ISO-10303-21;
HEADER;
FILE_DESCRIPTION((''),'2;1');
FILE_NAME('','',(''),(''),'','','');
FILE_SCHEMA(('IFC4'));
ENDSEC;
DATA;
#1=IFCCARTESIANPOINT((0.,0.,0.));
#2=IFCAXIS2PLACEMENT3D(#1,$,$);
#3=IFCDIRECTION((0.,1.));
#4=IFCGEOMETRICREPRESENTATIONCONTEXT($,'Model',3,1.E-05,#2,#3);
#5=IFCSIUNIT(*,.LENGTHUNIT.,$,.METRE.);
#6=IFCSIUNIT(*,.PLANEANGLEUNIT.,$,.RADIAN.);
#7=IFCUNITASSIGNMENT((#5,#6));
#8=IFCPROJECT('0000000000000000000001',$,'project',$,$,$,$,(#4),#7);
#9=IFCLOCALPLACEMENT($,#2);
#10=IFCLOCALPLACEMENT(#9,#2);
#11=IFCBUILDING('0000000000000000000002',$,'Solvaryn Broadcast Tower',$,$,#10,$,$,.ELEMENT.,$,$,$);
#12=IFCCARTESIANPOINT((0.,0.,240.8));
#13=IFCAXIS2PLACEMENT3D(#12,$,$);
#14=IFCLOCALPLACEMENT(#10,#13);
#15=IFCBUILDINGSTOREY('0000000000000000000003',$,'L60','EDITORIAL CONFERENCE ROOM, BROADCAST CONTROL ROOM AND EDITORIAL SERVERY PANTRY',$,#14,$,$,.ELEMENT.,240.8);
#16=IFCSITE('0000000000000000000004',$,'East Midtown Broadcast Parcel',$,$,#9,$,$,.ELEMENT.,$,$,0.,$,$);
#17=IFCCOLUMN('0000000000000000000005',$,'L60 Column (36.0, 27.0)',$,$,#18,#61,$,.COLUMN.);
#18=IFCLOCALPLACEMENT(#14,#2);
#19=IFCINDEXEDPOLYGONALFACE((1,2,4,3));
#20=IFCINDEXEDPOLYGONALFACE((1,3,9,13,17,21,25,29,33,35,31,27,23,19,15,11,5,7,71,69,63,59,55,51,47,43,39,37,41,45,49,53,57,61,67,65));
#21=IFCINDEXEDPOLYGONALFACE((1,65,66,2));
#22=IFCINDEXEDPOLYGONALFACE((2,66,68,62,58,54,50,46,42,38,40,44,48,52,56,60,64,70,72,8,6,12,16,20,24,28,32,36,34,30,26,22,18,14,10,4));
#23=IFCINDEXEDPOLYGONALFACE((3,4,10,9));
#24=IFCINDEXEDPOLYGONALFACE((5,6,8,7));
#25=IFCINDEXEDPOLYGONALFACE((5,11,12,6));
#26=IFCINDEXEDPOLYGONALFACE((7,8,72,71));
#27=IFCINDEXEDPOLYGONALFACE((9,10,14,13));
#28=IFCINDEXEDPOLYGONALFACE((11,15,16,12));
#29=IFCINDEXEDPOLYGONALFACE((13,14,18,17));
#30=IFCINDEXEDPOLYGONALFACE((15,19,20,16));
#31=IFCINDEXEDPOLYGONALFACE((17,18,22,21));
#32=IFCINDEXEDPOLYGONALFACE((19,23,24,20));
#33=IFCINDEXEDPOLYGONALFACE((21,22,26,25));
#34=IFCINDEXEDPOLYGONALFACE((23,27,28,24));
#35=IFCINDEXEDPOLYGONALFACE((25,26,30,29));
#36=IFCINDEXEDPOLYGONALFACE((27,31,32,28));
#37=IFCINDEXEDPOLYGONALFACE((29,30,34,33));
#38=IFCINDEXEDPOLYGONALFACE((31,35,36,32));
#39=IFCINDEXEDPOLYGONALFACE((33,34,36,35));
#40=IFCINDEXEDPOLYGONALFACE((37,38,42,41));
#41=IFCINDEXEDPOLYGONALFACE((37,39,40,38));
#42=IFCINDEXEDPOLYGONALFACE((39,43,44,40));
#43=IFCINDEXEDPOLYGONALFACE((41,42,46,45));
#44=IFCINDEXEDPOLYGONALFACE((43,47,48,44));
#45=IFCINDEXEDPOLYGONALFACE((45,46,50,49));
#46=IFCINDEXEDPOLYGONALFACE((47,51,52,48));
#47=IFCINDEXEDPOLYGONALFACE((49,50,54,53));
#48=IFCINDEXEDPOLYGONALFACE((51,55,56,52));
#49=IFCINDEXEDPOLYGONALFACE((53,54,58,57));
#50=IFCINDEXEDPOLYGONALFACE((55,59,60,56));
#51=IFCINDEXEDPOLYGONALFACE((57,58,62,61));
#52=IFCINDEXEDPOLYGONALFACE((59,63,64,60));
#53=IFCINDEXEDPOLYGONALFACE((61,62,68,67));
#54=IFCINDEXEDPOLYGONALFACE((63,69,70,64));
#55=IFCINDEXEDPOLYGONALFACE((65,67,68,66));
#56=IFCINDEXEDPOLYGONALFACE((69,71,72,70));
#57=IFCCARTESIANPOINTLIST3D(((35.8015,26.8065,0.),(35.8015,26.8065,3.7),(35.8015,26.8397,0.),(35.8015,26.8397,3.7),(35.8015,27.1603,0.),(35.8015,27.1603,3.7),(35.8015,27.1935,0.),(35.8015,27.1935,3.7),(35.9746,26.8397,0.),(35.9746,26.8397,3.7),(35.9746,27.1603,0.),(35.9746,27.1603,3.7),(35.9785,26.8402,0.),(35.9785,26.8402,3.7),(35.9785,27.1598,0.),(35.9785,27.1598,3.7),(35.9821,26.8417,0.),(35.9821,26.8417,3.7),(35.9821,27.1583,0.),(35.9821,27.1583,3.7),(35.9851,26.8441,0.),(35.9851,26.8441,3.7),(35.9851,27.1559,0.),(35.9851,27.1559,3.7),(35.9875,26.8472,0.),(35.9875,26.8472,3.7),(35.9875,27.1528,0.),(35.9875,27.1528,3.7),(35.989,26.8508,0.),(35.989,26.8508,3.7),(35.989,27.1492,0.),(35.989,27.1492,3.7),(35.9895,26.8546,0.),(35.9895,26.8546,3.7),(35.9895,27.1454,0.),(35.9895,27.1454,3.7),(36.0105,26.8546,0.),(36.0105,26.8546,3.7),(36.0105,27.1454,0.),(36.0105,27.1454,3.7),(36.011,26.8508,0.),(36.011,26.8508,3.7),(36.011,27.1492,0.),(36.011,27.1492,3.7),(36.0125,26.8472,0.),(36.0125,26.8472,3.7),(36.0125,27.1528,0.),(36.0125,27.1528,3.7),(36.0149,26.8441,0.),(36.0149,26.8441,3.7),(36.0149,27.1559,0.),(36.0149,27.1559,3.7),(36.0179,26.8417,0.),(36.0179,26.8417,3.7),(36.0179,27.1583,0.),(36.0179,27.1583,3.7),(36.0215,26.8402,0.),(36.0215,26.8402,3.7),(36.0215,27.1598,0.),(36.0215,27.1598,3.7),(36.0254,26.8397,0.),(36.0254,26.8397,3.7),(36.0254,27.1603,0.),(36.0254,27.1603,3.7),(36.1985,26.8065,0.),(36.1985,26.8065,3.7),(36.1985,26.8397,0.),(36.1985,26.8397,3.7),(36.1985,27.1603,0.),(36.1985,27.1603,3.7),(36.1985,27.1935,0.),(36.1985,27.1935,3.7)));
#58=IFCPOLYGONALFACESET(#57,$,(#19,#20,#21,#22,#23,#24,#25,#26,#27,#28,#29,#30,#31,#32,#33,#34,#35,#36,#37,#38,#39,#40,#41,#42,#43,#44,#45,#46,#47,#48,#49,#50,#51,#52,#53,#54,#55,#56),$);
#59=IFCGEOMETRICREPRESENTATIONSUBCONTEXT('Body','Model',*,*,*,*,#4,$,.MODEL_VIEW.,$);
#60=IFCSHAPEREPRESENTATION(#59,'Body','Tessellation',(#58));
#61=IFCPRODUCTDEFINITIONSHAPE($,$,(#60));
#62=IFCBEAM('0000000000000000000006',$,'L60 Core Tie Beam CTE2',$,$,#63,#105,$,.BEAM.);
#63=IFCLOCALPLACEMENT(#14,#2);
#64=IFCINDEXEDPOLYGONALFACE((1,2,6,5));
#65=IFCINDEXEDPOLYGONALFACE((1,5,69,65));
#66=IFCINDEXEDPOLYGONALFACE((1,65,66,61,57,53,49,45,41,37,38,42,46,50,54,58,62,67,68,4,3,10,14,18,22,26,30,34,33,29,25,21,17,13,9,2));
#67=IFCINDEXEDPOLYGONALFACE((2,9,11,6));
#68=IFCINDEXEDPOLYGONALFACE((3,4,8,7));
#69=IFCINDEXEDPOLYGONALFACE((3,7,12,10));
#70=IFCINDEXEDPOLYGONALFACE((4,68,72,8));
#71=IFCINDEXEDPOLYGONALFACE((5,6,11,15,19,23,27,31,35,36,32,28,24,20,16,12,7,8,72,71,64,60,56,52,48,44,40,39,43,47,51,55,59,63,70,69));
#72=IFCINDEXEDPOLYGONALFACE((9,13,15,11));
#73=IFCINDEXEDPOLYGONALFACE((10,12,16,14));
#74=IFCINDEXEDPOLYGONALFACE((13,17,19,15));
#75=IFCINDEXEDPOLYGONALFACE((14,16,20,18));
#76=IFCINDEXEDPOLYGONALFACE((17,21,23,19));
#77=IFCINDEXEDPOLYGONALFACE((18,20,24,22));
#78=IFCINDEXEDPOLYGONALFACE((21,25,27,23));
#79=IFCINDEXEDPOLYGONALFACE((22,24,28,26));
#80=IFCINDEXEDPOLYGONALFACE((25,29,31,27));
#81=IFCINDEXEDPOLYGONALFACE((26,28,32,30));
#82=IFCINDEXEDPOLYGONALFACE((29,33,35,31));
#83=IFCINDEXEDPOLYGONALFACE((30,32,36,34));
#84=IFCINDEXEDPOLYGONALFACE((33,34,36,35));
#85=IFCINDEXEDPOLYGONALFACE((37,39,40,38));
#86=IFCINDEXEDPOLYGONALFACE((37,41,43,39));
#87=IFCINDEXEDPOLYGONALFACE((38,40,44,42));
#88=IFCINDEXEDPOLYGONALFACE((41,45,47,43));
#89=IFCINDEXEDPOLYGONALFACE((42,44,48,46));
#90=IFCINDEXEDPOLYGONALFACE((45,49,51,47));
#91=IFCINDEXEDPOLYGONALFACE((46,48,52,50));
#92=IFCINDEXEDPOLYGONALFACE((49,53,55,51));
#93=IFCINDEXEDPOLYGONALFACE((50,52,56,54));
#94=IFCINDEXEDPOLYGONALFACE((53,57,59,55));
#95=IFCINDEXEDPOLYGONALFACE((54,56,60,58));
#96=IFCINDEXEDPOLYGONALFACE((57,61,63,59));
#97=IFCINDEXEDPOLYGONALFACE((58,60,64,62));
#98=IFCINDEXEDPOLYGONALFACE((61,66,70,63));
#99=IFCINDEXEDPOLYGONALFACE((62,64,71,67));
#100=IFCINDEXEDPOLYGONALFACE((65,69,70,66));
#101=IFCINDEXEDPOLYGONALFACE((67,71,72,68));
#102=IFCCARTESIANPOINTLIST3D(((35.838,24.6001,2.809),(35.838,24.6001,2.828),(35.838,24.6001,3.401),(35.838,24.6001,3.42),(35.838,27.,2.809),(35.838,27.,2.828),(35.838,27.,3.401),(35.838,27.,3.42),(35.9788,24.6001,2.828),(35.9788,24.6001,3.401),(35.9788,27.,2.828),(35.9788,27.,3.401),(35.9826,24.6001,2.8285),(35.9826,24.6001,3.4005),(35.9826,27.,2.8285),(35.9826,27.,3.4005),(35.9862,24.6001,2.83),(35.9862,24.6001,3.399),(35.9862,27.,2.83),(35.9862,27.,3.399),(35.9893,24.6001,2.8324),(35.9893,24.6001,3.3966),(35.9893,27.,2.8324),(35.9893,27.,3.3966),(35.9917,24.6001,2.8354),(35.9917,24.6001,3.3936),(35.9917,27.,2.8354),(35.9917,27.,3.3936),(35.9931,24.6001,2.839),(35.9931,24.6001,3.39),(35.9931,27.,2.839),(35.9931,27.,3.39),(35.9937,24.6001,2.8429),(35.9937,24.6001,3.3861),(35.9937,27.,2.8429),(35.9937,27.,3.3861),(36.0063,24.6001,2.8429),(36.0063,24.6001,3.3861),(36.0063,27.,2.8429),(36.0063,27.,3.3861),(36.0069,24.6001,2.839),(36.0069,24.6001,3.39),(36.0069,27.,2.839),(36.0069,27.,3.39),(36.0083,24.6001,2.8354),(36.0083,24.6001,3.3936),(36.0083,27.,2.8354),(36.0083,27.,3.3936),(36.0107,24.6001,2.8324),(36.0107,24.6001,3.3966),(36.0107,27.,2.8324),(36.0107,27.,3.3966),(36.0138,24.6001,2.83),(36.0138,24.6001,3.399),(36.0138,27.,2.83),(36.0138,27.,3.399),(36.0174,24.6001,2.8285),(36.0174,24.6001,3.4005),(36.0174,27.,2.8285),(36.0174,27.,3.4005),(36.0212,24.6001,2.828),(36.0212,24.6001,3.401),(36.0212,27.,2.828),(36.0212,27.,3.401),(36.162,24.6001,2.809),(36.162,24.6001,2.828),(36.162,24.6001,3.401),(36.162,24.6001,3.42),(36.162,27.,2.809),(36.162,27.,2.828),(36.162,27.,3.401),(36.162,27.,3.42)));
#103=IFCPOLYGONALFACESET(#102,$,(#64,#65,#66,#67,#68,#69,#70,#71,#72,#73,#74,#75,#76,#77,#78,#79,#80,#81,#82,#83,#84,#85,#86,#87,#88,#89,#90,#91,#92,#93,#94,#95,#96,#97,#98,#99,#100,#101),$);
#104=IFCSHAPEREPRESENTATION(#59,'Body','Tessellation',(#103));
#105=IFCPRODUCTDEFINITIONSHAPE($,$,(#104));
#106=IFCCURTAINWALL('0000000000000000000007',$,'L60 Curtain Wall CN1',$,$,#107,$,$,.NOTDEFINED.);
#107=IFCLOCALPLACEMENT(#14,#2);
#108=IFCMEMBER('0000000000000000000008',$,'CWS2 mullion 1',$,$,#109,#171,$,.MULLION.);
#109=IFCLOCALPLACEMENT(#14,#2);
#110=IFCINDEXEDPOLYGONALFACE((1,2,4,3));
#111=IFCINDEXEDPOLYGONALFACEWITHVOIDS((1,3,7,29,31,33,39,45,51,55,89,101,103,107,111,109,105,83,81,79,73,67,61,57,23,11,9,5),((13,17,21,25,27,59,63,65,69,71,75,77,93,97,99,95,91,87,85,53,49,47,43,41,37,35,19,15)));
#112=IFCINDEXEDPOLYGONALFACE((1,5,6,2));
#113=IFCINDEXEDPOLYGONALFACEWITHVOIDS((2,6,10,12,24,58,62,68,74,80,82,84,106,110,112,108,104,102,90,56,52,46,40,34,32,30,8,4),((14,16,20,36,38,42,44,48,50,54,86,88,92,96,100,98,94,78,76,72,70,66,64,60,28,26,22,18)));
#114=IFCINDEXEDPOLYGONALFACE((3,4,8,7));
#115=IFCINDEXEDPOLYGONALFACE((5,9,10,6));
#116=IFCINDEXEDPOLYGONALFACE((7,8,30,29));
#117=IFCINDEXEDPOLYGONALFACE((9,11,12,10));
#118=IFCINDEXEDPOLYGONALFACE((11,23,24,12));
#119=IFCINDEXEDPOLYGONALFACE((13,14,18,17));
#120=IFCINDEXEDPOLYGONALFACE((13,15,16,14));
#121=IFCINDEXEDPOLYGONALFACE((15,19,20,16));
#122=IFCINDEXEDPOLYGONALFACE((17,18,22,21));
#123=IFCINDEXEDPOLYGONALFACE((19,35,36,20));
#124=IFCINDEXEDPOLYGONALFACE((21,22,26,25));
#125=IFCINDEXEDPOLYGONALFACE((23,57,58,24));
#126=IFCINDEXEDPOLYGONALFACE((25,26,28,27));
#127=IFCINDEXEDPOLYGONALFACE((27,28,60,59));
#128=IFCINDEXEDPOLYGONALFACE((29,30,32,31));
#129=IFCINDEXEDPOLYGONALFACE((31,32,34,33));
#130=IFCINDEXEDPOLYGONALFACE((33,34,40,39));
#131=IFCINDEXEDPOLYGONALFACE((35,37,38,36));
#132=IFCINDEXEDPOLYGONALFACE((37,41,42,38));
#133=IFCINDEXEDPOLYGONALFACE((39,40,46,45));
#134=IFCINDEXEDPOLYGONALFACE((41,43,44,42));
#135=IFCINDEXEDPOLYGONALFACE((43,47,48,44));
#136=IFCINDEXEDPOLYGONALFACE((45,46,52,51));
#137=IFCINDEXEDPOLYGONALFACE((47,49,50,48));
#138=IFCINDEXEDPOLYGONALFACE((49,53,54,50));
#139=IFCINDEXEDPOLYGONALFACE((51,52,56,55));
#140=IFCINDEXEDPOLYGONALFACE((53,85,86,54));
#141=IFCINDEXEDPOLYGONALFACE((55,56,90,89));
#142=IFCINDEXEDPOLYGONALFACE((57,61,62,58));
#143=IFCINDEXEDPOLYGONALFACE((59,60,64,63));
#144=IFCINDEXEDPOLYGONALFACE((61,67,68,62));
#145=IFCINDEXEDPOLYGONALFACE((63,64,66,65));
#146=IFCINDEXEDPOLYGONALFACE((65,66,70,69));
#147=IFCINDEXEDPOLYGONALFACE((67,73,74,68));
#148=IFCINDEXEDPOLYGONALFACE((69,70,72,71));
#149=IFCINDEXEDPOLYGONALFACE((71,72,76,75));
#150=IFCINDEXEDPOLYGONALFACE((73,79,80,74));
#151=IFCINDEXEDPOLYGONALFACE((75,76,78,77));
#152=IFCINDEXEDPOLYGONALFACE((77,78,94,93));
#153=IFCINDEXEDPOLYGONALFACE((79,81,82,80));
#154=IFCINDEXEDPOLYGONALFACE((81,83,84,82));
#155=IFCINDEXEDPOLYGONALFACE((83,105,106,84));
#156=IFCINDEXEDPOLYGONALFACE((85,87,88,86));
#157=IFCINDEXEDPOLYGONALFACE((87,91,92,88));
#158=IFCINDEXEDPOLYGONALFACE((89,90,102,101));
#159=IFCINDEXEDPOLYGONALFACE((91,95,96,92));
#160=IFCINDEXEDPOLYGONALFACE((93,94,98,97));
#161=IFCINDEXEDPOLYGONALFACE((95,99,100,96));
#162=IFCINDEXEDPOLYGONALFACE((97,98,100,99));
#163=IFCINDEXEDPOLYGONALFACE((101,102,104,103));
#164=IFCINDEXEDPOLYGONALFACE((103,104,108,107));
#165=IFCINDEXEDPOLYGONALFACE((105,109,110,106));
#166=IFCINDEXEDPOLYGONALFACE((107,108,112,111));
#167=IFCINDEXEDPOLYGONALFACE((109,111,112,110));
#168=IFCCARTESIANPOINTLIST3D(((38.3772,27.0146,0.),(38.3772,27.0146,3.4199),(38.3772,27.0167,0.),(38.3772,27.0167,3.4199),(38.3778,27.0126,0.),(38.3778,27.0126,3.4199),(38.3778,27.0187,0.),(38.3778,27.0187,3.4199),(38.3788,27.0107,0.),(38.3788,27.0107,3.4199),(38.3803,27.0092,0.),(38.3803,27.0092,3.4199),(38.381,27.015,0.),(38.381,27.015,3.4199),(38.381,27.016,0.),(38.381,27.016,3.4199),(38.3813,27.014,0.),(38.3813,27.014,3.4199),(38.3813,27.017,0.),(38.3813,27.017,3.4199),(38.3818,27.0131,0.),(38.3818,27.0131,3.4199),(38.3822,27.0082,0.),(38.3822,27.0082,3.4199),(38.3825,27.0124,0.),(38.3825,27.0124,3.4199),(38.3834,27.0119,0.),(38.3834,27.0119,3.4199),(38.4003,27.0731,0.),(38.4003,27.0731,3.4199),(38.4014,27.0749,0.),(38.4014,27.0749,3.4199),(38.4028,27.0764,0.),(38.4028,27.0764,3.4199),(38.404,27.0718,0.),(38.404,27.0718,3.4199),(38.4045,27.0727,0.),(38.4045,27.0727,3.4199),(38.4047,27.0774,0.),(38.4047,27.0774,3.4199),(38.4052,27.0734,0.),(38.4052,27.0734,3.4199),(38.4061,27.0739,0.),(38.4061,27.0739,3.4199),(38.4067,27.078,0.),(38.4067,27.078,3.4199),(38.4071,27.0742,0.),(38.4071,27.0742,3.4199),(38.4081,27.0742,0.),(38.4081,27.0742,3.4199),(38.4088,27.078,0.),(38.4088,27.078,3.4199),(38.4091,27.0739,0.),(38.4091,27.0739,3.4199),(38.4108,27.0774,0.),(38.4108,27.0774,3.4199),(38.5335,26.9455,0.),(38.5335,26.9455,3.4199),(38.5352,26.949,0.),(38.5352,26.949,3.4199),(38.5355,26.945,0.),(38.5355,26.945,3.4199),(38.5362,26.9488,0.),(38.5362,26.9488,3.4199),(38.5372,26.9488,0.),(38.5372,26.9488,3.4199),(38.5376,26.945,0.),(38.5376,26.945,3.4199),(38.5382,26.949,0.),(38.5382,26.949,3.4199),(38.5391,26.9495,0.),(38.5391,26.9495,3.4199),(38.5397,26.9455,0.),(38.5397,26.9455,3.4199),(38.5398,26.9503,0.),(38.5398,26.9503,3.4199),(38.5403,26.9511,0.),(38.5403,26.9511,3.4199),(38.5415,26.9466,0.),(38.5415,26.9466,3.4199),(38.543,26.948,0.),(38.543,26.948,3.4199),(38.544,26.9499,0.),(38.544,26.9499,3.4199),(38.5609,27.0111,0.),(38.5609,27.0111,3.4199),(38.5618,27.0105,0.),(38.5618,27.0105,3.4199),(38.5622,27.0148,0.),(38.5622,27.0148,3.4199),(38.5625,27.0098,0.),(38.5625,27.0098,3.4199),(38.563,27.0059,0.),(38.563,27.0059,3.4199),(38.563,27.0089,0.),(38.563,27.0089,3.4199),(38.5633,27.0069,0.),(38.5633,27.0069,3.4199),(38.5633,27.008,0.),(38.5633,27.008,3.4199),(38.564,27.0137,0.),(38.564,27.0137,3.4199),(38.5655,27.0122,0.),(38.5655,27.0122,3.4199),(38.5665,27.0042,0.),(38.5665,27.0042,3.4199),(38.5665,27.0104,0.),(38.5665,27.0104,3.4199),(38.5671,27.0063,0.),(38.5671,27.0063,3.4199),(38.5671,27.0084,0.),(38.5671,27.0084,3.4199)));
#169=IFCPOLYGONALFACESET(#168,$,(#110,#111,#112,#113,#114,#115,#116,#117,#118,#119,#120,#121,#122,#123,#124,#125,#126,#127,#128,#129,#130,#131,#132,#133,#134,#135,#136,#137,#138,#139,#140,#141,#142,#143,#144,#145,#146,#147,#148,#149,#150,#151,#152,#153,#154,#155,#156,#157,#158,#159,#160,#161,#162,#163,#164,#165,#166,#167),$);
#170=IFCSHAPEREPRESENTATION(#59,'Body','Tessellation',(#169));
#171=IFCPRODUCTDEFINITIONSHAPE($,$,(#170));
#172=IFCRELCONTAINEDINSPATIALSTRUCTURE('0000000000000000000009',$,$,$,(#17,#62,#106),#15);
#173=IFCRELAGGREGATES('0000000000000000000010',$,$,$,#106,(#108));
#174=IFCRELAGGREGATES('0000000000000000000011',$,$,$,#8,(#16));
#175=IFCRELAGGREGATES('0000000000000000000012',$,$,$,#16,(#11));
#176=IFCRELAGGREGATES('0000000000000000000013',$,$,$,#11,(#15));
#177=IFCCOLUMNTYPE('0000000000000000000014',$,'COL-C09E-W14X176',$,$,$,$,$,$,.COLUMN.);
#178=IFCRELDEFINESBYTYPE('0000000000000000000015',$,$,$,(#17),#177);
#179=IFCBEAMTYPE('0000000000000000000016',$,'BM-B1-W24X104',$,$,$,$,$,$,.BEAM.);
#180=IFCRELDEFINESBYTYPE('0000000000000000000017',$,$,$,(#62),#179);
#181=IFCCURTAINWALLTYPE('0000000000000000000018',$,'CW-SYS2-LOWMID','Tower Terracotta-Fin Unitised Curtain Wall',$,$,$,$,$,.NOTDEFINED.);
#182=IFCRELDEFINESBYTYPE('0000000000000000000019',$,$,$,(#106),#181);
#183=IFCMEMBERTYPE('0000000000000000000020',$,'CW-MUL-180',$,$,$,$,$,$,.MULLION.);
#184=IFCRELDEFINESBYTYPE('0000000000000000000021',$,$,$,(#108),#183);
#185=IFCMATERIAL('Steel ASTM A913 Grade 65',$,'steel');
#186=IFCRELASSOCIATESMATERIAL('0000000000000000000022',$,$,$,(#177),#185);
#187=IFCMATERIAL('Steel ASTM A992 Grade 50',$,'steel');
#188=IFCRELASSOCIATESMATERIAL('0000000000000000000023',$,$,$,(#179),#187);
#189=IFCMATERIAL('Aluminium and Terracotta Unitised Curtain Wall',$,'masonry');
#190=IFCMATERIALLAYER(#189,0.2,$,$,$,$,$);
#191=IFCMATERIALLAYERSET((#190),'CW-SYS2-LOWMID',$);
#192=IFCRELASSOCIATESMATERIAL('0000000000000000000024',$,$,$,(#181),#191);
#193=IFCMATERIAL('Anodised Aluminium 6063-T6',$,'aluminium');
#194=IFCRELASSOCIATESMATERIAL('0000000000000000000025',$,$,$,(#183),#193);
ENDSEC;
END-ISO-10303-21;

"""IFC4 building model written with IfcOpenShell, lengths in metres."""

from ifc_helpers import new_model, si_unit, direction, frame, origin, origin_2d, place, context, subcontext, project, spatial, hollow_rectangle, i_section, extrude, material, layer, layer_set, material_profile, profile_set, type_object, element, aggregate, save


model = new_model("IFC4")

# Units and contexts
model_context = context("Model", 3, precision=1e-05, world=origin(), true_north=direction((0.0, 1.0)))
body_context = subcontext(model_context, "Body", "Model", "MODEL_VIEW")
ifc_project = project(units=[si_unit("LENGTHUNIT", "METRE"), si_unit("PLANEANGLEUNIT", "RADIAN")], contexts=[model_context])

# Site, building, storey
site_placement = place(None, origin())
site = spatial("IfcSite", under=ifc_project, at=site_placement, Name="East Midtown Broadcast Parcel", CompositionType="ELEMENT", RefElevation=0.0)
building_placement = place(site_placement, origin())
building = spatial("IfcBuilding", under=site, at=building_placement, Name="Solvaryn Broadcast Tower", CompositionType="ELEMENT")
storey_placement = place(building_placement, frame((0.0, 0.0, 240.8)))
storey = spatial("IfcBuildingStorey", under=building, at=storey_placement, Name="L60", Description="EDITORIAL CONFERENCE ROOM, BROADCAST CONTROL ROOM AND EDITORIAL SERVERY PANTRY", CompositionType="ELEMENT", Elevation=240.8)

# Column
ifc_material_1 = material(Name="Steel ASTM A913 Grade 65", Category="steel")
ifc_material_profile_1 = material_profile(ifc_material_1, i_section(OverallWidth=0.397, OverallDepth=0.387, WebThickness=0.021, FlangeThickness=0.0332, FilletRadius=0.0149, at=origin_2d()))
ifc_profile_set_1 = profile_set([ifc_material_profile_1], Name="Steel ASTM A913 Grade 65")
column_type = type_object("IfcColumnType", Name="COL-C09E-W14X176", PredefinedType="COLUMN", material=ifc_profile_set_1)
column_placement = place(storey_placement, frame((36.0, 27.0, 0.0), z_axis=(0.0, 0.0, 1.0), x_axis=(1.0, 0.0, 0.0)))
element("IfcColumn", 1, at=column_placement, inside=storey, type_object=column_type, Name="L60 Column (36.0, 27.0)", PredefinedType="COLUMN", context=body_context, shape_type="SweptSolid", body=[
    extrude(i_section(OverallWidth=0.397, OverallDepth=0.387, WebThickness=0.021, FlangeThickness=0.0332, FilletRadius=0.0149, at=origin_2d()), origin(), (0.0, 0.0, 1.0), 3.7),
])

# Beam
ifc_material_2 = material(Name="Steel ASTM A992 Grade 50", Category="steel")
ifc_material_profile_2 = material_profile(ifc_material_2, i_section(OverallWidth=0.324, OverallDepth=0.6111, WebThickness=0.0127, FlangeThickness=0.019, FilletRadius=0.0149, at=origin_2d()))
ifc_profile_set_2 = profile_set([ifc_material_profile_2], Name="Steel ASTM A992 Grade 50")
beam_type = type_object("IfcBeamType", Name="BM-B1-W24X104", PredefinedType="BEAM", material=ifc_profile_set_2)
beam_placement = place(storey_placement, frame((36.0, 24.6001, 3.1145), z_axis=(0.0, 1.0, 0.0), x_axis=(-1.0, 0.0, 0.0)))
element("IfcBeam", 2, at=beam_placement, inside=storey, type_object=beam_type, Name="L60 Core Tie Beam CTE2", PredefinedType="BEAM", context=body_context, shape_type="SweptSolid", body=[
    extrude(i_section(OverallWidth=0.324, OverallDepth=0.6111, WebThickness=0.0127, FlangeThickness=0.019, FilletRadius=0.0149, at=origin_2d()), origin(), (0.0, 0.0, 1.0), 2.3999),
])

# Curtain wall, member
ifc_material_3 = material(Name="Aluminium and Terracotta Unitised Curtain Wall", Category="masonry")
ifc_layer_1 = layer(ifc_material_3, 0.2)
ifc_layer_set_1 = layer_set([ifc_layer_1], Name="CW-SYS2-LOWMID")
curtain_wall_type = type_object("IfcCurtainWallType", Name="CW-SYS2-LOWMID", Description="Tower Terracotta-Fin Unitised Curtain Wall", PredefinedType="NOTDEFINED", material=ifc_layer_set_1)
curtain_wall_1_placement = place(storey_placement, origin())
curtain_wall_1 = element("IfcCurtainWall", 3, at=curtain_wall_1_placement, inside=storey, type_object=curtain_wall_type, Name="L60 Curtain Wall CN1", PredefinedType="NOTDEFINED")
ifc_material_4 = material(Name="Anodised Aluminium 6063-T6", Category="aluminium")
ifc_material_profile_3 = material_profile(ifc_material_4, hollow_rectangle(XDim=0.075, YDim=0.1799, WallThickness=0.0039, InnerFilletRadius=0.0039, OuterFilletRadius=0.0081, at=origin_2d()))
ifc_profile_set_3 = profile_set([ifc_material_profile_3], Name="Anodised Aluminium 6063-T6")
member_type_1 = type_object("IfcMemberType", Name="CW-MUL-180", PredefinedType="MULLION", material=ifc_profile_set_3)
member_1_placement = place(storey_placement, frame((38.4722, 27.0115, 0.0), z_axis=(0.0, 0.0, 1.0), x_axis=(-0.382646, -0.923895, 0.0)))
member_1 = element("IfcMember", 4, at=member_1_placement, type_object=member_type_1, Name="CWS2 mullion 1", PredefinedType="MULLION", context=body_context, shape_type="SweptSolid", body=[
    extrude(hollow_rectangle(XDim=0.075, YDim=0.1799, WallThickness=0.0039, InnerFilletRadius=0.0039, OuterFilletRadius=0.0081, at=origin_2d()), origin(), (0.0, 0.0, 1.0), 3.4199),
])

aggregate(curtain_wall_1, [member_1])

save(model, "model.ifc")
